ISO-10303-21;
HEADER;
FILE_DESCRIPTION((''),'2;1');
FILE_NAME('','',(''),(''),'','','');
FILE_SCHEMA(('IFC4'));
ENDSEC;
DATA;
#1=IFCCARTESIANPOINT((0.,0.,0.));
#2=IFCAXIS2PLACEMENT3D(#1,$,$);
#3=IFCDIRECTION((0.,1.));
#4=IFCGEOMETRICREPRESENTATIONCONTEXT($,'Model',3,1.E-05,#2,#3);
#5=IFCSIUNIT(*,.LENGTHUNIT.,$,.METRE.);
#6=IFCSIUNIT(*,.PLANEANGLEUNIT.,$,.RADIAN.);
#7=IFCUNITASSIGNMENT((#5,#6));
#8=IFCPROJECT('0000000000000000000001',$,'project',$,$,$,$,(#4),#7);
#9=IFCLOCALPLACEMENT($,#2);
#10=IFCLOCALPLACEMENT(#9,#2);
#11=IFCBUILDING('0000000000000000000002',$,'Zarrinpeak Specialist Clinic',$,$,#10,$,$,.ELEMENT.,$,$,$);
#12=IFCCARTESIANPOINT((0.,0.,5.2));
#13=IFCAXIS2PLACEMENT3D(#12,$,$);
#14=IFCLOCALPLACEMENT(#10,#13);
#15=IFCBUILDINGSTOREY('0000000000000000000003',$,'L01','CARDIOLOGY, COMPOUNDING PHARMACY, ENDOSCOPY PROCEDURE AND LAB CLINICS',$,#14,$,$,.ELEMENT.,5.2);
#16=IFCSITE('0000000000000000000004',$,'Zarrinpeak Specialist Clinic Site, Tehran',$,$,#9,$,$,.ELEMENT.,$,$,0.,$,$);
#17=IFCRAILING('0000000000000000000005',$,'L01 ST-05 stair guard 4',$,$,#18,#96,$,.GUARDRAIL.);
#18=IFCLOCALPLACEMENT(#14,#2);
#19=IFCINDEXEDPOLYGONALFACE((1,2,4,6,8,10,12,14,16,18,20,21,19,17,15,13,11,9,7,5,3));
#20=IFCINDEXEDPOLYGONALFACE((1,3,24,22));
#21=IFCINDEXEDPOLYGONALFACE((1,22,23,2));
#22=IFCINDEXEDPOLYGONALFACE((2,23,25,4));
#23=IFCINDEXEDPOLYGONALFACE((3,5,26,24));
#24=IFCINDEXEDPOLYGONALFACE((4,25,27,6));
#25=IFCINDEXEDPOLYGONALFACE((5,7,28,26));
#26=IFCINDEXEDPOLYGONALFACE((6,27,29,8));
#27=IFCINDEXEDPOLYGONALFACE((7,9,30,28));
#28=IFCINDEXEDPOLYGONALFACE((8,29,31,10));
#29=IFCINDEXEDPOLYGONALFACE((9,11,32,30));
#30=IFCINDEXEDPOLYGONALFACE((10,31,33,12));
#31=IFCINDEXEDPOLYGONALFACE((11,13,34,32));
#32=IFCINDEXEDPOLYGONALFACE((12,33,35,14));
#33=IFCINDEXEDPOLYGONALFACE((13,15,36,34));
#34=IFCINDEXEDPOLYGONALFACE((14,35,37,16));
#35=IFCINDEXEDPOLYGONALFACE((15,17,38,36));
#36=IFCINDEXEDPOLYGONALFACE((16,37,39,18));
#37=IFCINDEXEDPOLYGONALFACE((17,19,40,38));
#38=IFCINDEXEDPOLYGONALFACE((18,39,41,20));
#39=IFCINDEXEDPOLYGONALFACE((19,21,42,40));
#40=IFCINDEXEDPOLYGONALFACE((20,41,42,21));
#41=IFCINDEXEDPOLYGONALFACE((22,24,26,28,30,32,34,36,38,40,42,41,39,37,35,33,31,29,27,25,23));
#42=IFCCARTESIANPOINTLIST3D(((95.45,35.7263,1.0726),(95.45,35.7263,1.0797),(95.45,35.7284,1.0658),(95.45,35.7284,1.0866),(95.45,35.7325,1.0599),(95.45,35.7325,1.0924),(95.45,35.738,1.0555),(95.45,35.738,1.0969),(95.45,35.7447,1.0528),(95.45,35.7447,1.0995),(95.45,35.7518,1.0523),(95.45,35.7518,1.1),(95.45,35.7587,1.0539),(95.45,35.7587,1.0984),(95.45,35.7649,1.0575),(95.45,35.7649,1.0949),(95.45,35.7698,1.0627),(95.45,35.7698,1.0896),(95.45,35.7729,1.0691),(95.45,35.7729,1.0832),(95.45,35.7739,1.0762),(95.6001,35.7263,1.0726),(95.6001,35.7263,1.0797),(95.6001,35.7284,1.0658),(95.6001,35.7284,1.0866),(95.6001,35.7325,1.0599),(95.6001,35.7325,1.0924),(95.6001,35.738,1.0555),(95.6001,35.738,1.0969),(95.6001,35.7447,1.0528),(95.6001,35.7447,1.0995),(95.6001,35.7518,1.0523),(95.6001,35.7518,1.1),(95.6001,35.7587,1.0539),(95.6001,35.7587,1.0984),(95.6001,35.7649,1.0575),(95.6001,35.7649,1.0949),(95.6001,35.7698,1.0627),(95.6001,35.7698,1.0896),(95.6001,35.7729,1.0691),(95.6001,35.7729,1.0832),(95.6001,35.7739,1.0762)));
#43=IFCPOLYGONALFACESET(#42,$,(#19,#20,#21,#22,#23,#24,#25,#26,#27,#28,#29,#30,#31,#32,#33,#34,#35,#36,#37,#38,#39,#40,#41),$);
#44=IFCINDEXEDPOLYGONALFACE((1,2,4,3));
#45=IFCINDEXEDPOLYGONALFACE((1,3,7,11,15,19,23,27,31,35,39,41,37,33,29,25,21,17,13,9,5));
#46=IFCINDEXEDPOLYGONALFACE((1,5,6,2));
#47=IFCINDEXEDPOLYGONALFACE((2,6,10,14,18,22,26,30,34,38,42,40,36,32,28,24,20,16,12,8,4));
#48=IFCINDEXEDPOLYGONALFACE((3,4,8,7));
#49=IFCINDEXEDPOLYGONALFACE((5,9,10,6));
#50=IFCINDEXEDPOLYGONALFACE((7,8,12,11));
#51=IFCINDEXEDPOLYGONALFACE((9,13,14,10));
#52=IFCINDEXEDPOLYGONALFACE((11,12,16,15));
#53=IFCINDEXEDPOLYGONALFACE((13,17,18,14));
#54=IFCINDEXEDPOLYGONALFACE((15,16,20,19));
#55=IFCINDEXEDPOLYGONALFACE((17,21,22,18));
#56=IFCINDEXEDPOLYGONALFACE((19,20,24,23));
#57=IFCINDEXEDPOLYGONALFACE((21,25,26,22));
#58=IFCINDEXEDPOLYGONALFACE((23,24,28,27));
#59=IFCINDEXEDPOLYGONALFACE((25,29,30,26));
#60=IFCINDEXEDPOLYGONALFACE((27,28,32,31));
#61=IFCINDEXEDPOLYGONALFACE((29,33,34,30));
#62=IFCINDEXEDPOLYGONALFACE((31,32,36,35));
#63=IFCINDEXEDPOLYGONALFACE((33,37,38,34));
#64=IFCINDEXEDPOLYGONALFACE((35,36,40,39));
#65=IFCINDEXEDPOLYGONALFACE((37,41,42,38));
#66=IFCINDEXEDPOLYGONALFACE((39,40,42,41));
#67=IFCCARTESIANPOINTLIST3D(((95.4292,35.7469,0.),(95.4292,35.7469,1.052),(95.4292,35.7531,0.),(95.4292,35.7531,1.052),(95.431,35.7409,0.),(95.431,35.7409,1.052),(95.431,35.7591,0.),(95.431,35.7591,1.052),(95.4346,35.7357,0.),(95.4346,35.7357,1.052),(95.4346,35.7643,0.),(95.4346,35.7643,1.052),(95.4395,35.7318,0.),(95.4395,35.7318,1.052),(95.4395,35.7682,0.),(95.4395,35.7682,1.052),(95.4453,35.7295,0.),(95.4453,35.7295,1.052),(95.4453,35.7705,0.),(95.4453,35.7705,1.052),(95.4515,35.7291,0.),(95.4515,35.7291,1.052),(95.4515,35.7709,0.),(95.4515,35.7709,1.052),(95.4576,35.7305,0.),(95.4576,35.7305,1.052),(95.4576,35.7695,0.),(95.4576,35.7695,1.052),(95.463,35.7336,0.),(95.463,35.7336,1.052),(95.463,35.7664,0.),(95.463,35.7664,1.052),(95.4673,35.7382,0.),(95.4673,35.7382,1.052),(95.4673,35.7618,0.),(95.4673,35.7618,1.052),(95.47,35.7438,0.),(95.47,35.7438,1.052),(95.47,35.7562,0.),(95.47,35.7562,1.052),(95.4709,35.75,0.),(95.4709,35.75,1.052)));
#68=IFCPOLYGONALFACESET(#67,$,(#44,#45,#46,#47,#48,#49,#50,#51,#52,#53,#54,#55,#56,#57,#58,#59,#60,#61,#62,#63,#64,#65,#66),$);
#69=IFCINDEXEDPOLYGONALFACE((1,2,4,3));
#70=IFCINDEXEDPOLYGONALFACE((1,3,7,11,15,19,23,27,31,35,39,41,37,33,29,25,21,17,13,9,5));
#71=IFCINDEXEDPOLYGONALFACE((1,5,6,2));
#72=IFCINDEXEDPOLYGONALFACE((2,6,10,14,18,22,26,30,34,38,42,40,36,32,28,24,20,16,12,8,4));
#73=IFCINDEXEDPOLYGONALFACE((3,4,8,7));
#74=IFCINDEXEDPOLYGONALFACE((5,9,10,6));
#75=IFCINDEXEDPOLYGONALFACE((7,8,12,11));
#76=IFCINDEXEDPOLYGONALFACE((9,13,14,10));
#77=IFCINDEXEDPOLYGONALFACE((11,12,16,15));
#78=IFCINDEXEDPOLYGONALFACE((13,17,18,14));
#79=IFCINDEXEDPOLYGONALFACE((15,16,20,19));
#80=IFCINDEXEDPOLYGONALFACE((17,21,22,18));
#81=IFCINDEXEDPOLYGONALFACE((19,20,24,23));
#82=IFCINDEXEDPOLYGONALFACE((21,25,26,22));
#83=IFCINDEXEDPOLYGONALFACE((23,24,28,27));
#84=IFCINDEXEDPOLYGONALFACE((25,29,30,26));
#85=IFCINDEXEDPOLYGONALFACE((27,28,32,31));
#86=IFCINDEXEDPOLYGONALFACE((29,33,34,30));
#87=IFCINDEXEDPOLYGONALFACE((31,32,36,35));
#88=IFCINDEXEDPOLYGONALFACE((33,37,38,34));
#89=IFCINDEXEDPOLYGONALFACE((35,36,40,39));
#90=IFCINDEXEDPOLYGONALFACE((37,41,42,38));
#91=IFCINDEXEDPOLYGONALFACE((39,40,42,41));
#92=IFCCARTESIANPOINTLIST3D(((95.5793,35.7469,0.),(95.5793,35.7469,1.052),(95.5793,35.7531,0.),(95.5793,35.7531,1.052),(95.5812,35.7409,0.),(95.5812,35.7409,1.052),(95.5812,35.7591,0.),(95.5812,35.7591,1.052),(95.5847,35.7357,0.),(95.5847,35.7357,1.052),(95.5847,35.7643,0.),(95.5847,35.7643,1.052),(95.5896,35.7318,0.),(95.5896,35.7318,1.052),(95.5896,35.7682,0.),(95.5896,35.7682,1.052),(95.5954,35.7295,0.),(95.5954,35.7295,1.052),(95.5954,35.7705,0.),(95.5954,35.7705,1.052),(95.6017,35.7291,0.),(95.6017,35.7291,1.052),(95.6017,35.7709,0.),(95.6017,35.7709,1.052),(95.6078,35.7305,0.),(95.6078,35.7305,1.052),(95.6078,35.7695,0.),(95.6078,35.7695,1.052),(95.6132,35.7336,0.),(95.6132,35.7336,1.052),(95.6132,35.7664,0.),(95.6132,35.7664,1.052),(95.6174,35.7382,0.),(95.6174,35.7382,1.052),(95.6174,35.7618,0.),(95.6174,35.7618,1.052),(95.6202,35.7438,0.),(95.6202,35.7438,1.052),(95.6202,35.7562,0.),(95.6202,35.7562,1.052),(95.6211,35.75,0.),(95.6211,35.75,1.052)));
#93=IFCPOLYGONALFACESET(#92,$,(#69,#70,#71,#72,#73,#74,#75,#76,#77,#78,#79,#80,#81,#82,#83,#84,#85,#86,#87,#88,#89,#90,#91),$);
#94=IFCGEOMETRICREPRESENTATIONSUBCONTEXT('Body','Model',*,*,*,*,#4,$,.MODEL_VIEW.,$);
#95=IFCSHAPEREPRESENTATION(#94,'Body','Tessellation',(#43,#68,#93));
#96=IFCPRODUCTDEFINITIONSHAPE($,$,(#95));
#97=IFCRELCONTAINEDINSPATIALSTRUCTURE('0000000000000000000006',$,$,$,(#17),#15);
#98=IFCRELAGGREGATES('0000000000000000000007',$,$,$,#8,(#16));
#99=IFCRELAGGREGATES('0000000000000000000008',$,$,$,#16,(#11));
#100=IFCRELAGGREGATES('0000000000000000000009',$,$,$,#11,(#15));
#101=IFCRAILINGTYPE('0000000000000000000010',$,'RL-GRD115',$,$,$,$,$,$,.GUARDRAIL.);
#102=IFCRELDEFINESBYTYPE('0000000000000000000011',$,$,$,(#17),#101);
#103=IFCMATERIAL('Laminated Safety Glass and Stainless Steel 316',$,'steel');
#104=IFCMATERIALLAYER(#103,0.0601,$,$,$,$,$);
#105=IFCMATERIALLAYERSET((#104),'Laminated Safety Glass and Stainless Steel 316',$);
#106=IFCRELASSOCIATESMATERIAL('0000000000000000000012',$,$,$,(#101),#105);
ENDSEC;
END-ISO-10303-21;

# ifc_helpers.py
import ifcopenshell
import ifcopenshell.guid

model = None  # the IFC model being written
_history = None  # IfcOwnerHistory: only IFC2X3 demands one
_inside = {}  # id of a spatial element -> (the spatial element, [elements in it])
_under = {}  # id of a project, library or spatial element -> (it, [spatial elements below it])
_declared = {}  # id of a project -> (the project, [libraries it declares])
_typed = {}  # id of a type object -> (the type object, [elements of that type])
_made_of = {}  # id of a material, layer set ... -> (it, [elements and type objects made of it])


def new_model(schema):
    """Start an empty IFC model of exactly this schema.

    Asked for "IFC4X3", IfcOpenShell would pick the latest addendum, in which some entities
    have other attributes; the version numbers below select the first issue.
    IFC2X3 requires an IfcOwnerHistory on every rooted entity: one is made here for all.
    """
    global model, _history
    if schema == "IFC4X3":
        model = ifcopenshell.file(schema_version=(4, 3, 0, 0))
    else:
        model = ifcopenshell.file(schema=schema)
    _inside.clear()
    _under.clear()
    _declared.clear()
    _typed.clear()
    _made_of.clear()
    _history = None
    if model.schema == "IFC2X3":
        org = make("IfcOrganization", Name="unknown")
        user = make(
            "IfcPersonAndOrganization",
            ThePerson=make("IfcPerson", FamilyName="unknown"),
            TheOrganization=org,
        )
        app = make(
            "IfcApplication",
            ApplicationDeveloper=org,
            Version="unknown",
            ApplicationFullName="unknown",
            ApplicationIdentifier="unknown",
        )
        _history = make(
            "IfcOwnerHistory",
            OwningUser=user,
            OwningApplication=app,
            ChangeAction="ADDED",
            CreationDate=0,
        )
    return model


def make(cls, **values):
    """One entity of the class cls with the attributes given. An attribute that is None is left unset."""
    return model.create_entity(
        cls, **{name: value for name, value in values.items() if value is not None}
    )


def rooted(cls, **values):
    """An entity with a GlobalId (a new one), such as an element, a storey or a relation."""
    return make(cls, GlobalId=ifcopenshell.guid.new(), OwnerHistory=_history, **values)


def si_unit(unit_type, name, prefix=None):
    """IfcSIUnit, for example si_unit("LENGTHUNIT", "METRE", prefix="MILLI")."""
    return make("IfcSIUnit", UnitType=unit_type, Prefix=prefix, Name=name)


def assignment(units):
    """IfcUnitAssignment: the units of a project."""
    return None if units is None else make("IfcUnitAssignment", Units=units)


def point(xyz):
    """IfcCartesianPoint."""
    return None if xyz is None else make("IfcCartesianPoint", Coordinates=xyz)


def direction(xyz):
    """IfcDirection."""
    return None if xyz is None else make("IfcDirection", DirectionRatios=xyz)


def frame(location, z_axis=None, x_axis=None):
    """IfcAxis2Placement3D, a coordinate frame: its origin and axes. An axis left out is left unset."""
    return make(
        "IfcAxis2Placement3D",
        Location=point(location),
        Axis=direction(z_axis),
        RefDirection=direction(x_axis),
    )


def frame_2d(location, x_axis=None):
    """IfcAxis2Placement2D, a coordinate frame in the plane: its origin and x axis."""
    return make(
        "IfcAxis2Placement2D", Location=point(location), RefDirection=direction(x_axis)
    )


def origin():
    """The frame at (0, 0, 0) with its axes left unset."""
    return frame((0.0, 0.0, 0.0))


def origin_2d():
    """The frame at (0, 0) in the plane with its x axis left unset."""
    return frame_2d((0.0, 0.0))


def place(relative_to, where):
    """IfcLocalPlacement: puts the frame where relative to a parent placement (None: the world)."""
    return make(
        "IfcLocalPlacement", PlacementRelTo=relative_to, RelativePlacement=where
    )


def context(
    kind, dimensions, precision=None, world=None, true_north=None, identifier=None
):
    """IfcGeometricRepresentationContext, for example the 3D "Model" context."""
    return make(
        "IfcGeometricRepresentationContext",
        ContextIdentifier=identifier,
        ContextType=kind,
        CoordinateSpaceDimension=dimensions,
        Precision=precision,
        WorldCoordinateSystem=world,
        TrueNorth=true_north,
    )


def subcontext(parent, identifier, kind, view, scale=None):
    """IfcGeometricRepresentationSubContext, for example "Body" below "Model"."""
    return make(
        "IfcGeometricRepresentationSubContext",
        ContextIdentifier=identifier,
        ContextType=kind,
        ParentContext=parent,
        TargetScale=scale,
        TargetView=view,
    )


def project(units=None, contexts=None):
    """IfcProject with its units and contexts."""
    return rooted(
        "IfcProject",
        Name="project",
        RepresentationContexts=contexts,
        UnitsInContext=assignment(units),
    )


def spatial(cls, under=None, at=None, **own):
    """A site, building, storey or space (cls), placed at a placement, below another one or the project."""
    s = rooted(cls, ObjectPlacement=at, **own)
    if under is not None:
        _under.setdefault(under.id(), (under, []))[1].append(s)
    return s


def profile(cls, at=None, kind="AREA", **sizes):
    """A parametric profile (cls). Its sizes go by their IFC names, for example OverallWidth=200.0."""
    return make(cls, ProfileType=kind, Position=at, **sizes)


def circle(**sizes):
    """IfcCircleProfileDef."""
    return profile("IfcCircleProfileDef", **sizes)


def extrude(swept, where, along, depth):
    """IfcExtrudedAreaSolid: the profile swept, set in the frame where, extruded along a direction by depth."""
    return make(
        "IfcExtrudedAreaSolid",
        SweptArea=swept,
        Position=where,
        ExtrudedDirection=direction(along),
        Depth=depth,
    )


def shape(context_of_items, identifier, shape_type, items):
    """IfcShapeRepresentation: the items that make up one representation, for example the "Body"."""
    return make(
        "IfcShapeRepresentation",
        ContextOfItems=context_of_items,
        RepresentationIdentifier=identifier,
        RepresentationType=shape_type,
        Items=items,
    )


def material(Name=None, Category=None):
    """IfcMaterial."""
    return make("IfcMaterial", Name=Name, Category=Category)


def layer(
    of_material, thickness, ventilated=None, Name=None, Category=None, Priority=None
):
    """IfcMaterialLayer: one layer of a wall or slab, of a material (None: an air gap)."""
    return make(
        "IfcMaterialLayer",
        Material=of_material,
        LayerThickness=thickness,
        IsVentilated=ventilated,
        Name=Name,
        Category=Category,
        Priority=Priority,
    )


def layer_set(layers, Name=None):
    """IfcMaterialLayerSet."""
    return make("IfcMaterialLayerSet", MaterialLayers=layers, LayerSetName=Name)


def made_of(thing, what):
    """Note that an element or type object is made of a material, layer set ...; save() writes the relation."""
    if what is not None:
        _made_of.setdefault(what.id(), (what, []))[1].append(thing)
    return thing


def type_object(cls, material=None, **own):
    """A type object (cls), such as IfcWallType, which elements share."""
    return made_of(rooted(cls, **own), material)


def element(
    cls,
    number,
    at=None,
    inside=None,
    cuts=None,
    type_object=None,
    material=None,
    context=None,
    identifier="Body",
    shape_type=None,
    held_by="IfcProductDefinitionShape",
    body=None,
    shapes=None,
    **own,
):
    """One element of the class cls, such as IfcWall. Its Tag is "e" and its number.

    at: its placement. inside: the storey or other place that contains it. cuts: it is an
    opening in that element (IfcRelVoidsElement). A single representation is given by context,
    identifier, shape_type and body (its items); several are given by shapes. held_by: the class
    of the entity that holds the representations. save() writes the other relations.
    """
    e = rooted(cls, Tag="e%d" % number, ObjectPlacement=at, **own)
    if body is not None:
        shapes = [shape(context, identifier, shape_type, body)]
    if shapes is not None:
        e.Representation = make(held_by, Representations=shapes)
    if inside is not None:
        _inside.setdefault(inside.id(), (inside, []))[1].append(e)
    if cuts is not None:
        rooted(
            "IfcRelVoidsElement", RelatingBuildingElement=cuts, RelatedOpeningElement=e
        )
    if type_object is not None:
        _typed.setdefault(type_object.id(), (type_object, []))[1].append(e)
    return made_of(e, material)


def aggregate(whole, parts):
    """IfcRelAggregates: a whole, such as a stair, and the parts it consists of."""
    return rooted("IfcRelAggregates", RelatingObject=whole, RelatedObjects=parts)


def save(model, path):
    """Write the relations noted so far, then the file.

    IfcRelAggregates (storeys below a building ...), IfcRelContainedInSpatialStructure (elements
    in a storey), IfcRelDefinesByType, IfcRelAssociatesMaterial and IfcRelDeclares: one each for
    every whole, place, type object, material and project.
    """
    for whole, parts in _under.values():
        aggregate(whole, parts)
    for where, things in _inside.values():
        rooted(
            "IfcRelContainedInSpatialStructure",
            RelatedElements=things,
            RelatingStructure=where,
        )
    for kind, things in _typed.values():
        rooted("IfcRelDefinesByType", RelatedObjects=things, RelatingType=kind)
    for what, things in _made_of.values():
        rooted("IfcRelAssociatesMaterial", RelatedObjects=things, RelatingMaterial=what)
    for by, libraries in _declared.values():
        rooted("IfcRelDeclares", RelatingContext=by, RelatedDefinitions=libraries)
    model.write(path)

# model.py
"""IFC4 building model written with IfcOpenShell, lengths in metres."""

from ifc_helpers import new_model, si_unit, direction, frame, origin, origin_2d, place, context, subcontext, project, spatial, circle, extrude, material, layer, layer_set, type_object, element, save


model = new_model("IFC4")

# Units and contexts
model_context = context("Model", 3, precision=1e-05, world=origin(), true_north=direction((0.0, 1.0)))
body_context = subcontext(model_context, "Body", "Model", "MODEL_VIEW")
ifc_project = project(units=[si_unit("LENGTHUNIT", "METRE"), si_unit("PLANEANGLEUNIT", "RADIAN")], contexts=[model_context])

# Site, building, storey
site_placement = place(None, origin())
site = spatial("IfcSite", under=ifc_project, at=site_placement, Name="Zarrinpeak Specialist Clinic Site, Tehran", CompositionType="ELEMENT", RefElevation=0.0)
building_placement = place(site_placement, origin())
building = spatial("IfcBuilding", under=site, at=building_placement, Name="Zarrinpeak Specialist Clinic", CompositionType="ELEMENT")
storey_placement = place(building_placement, frame((0.0, 0.0, 5.2)))
storey = spatial("IfcBuildingStorey", under=building, at=storey_placement, Name="L01", Description="CARDIOLOGY, COMPOUNDING PHARMACY, ENDOSCOPY PROCEDURE AND LAB CLINICS", CompositionType="ELEMENT", Elevation=5.2)

# Railing
ifc_material_1 = material(Name="Laminated Safety Glass and Stainless Steel 316", Category="steel")
ifc_layer_1 = layer(ifc_material_1, 0.0601)
ifc_layer_set_1 = layer_set([ifc_layer_1], Name="Laminated Safety Glass and Stainless Steel 316")
railing_type_1 = type_object("IfcRailingType", Name="RL-GRD115", PredefinedType="GUARDRAIL", material=ifc_layer_set_1)
railing_1_placement = place(storey_placement, frame((95.45, 35.75, 0.0)))
element("IfcRailing", 1, at=railing_1_placement, inside=storey, type_object=railing_type_1, Name="L01 ST-05 stair guard 4", PredefinedType="GUARDRAIL", context=body_context, shape_type="SweptSolid", body=[
    extrude(circle(Radius=0.0239, at=origin_2d()), frame((0.0, 0.0, 1.0762), z_axis=(1.0, 0.0, 0.0), x_axis=(0.0, 1.0, 0.0)), (0.0, 0.0, 1.0), 0.1501),
    extrude(circle(Radius=0.021, at=origin_2d()), origin(), (0.0, 0.0, 1.0), 1.052),
    extrude(circle(Radius=0.021, at=origin_2d()), frame((0.1501, 0.0, 0.0)), (0.0, 0.0, 1.0), 1.052),
])

save(model, "model.ifc")
